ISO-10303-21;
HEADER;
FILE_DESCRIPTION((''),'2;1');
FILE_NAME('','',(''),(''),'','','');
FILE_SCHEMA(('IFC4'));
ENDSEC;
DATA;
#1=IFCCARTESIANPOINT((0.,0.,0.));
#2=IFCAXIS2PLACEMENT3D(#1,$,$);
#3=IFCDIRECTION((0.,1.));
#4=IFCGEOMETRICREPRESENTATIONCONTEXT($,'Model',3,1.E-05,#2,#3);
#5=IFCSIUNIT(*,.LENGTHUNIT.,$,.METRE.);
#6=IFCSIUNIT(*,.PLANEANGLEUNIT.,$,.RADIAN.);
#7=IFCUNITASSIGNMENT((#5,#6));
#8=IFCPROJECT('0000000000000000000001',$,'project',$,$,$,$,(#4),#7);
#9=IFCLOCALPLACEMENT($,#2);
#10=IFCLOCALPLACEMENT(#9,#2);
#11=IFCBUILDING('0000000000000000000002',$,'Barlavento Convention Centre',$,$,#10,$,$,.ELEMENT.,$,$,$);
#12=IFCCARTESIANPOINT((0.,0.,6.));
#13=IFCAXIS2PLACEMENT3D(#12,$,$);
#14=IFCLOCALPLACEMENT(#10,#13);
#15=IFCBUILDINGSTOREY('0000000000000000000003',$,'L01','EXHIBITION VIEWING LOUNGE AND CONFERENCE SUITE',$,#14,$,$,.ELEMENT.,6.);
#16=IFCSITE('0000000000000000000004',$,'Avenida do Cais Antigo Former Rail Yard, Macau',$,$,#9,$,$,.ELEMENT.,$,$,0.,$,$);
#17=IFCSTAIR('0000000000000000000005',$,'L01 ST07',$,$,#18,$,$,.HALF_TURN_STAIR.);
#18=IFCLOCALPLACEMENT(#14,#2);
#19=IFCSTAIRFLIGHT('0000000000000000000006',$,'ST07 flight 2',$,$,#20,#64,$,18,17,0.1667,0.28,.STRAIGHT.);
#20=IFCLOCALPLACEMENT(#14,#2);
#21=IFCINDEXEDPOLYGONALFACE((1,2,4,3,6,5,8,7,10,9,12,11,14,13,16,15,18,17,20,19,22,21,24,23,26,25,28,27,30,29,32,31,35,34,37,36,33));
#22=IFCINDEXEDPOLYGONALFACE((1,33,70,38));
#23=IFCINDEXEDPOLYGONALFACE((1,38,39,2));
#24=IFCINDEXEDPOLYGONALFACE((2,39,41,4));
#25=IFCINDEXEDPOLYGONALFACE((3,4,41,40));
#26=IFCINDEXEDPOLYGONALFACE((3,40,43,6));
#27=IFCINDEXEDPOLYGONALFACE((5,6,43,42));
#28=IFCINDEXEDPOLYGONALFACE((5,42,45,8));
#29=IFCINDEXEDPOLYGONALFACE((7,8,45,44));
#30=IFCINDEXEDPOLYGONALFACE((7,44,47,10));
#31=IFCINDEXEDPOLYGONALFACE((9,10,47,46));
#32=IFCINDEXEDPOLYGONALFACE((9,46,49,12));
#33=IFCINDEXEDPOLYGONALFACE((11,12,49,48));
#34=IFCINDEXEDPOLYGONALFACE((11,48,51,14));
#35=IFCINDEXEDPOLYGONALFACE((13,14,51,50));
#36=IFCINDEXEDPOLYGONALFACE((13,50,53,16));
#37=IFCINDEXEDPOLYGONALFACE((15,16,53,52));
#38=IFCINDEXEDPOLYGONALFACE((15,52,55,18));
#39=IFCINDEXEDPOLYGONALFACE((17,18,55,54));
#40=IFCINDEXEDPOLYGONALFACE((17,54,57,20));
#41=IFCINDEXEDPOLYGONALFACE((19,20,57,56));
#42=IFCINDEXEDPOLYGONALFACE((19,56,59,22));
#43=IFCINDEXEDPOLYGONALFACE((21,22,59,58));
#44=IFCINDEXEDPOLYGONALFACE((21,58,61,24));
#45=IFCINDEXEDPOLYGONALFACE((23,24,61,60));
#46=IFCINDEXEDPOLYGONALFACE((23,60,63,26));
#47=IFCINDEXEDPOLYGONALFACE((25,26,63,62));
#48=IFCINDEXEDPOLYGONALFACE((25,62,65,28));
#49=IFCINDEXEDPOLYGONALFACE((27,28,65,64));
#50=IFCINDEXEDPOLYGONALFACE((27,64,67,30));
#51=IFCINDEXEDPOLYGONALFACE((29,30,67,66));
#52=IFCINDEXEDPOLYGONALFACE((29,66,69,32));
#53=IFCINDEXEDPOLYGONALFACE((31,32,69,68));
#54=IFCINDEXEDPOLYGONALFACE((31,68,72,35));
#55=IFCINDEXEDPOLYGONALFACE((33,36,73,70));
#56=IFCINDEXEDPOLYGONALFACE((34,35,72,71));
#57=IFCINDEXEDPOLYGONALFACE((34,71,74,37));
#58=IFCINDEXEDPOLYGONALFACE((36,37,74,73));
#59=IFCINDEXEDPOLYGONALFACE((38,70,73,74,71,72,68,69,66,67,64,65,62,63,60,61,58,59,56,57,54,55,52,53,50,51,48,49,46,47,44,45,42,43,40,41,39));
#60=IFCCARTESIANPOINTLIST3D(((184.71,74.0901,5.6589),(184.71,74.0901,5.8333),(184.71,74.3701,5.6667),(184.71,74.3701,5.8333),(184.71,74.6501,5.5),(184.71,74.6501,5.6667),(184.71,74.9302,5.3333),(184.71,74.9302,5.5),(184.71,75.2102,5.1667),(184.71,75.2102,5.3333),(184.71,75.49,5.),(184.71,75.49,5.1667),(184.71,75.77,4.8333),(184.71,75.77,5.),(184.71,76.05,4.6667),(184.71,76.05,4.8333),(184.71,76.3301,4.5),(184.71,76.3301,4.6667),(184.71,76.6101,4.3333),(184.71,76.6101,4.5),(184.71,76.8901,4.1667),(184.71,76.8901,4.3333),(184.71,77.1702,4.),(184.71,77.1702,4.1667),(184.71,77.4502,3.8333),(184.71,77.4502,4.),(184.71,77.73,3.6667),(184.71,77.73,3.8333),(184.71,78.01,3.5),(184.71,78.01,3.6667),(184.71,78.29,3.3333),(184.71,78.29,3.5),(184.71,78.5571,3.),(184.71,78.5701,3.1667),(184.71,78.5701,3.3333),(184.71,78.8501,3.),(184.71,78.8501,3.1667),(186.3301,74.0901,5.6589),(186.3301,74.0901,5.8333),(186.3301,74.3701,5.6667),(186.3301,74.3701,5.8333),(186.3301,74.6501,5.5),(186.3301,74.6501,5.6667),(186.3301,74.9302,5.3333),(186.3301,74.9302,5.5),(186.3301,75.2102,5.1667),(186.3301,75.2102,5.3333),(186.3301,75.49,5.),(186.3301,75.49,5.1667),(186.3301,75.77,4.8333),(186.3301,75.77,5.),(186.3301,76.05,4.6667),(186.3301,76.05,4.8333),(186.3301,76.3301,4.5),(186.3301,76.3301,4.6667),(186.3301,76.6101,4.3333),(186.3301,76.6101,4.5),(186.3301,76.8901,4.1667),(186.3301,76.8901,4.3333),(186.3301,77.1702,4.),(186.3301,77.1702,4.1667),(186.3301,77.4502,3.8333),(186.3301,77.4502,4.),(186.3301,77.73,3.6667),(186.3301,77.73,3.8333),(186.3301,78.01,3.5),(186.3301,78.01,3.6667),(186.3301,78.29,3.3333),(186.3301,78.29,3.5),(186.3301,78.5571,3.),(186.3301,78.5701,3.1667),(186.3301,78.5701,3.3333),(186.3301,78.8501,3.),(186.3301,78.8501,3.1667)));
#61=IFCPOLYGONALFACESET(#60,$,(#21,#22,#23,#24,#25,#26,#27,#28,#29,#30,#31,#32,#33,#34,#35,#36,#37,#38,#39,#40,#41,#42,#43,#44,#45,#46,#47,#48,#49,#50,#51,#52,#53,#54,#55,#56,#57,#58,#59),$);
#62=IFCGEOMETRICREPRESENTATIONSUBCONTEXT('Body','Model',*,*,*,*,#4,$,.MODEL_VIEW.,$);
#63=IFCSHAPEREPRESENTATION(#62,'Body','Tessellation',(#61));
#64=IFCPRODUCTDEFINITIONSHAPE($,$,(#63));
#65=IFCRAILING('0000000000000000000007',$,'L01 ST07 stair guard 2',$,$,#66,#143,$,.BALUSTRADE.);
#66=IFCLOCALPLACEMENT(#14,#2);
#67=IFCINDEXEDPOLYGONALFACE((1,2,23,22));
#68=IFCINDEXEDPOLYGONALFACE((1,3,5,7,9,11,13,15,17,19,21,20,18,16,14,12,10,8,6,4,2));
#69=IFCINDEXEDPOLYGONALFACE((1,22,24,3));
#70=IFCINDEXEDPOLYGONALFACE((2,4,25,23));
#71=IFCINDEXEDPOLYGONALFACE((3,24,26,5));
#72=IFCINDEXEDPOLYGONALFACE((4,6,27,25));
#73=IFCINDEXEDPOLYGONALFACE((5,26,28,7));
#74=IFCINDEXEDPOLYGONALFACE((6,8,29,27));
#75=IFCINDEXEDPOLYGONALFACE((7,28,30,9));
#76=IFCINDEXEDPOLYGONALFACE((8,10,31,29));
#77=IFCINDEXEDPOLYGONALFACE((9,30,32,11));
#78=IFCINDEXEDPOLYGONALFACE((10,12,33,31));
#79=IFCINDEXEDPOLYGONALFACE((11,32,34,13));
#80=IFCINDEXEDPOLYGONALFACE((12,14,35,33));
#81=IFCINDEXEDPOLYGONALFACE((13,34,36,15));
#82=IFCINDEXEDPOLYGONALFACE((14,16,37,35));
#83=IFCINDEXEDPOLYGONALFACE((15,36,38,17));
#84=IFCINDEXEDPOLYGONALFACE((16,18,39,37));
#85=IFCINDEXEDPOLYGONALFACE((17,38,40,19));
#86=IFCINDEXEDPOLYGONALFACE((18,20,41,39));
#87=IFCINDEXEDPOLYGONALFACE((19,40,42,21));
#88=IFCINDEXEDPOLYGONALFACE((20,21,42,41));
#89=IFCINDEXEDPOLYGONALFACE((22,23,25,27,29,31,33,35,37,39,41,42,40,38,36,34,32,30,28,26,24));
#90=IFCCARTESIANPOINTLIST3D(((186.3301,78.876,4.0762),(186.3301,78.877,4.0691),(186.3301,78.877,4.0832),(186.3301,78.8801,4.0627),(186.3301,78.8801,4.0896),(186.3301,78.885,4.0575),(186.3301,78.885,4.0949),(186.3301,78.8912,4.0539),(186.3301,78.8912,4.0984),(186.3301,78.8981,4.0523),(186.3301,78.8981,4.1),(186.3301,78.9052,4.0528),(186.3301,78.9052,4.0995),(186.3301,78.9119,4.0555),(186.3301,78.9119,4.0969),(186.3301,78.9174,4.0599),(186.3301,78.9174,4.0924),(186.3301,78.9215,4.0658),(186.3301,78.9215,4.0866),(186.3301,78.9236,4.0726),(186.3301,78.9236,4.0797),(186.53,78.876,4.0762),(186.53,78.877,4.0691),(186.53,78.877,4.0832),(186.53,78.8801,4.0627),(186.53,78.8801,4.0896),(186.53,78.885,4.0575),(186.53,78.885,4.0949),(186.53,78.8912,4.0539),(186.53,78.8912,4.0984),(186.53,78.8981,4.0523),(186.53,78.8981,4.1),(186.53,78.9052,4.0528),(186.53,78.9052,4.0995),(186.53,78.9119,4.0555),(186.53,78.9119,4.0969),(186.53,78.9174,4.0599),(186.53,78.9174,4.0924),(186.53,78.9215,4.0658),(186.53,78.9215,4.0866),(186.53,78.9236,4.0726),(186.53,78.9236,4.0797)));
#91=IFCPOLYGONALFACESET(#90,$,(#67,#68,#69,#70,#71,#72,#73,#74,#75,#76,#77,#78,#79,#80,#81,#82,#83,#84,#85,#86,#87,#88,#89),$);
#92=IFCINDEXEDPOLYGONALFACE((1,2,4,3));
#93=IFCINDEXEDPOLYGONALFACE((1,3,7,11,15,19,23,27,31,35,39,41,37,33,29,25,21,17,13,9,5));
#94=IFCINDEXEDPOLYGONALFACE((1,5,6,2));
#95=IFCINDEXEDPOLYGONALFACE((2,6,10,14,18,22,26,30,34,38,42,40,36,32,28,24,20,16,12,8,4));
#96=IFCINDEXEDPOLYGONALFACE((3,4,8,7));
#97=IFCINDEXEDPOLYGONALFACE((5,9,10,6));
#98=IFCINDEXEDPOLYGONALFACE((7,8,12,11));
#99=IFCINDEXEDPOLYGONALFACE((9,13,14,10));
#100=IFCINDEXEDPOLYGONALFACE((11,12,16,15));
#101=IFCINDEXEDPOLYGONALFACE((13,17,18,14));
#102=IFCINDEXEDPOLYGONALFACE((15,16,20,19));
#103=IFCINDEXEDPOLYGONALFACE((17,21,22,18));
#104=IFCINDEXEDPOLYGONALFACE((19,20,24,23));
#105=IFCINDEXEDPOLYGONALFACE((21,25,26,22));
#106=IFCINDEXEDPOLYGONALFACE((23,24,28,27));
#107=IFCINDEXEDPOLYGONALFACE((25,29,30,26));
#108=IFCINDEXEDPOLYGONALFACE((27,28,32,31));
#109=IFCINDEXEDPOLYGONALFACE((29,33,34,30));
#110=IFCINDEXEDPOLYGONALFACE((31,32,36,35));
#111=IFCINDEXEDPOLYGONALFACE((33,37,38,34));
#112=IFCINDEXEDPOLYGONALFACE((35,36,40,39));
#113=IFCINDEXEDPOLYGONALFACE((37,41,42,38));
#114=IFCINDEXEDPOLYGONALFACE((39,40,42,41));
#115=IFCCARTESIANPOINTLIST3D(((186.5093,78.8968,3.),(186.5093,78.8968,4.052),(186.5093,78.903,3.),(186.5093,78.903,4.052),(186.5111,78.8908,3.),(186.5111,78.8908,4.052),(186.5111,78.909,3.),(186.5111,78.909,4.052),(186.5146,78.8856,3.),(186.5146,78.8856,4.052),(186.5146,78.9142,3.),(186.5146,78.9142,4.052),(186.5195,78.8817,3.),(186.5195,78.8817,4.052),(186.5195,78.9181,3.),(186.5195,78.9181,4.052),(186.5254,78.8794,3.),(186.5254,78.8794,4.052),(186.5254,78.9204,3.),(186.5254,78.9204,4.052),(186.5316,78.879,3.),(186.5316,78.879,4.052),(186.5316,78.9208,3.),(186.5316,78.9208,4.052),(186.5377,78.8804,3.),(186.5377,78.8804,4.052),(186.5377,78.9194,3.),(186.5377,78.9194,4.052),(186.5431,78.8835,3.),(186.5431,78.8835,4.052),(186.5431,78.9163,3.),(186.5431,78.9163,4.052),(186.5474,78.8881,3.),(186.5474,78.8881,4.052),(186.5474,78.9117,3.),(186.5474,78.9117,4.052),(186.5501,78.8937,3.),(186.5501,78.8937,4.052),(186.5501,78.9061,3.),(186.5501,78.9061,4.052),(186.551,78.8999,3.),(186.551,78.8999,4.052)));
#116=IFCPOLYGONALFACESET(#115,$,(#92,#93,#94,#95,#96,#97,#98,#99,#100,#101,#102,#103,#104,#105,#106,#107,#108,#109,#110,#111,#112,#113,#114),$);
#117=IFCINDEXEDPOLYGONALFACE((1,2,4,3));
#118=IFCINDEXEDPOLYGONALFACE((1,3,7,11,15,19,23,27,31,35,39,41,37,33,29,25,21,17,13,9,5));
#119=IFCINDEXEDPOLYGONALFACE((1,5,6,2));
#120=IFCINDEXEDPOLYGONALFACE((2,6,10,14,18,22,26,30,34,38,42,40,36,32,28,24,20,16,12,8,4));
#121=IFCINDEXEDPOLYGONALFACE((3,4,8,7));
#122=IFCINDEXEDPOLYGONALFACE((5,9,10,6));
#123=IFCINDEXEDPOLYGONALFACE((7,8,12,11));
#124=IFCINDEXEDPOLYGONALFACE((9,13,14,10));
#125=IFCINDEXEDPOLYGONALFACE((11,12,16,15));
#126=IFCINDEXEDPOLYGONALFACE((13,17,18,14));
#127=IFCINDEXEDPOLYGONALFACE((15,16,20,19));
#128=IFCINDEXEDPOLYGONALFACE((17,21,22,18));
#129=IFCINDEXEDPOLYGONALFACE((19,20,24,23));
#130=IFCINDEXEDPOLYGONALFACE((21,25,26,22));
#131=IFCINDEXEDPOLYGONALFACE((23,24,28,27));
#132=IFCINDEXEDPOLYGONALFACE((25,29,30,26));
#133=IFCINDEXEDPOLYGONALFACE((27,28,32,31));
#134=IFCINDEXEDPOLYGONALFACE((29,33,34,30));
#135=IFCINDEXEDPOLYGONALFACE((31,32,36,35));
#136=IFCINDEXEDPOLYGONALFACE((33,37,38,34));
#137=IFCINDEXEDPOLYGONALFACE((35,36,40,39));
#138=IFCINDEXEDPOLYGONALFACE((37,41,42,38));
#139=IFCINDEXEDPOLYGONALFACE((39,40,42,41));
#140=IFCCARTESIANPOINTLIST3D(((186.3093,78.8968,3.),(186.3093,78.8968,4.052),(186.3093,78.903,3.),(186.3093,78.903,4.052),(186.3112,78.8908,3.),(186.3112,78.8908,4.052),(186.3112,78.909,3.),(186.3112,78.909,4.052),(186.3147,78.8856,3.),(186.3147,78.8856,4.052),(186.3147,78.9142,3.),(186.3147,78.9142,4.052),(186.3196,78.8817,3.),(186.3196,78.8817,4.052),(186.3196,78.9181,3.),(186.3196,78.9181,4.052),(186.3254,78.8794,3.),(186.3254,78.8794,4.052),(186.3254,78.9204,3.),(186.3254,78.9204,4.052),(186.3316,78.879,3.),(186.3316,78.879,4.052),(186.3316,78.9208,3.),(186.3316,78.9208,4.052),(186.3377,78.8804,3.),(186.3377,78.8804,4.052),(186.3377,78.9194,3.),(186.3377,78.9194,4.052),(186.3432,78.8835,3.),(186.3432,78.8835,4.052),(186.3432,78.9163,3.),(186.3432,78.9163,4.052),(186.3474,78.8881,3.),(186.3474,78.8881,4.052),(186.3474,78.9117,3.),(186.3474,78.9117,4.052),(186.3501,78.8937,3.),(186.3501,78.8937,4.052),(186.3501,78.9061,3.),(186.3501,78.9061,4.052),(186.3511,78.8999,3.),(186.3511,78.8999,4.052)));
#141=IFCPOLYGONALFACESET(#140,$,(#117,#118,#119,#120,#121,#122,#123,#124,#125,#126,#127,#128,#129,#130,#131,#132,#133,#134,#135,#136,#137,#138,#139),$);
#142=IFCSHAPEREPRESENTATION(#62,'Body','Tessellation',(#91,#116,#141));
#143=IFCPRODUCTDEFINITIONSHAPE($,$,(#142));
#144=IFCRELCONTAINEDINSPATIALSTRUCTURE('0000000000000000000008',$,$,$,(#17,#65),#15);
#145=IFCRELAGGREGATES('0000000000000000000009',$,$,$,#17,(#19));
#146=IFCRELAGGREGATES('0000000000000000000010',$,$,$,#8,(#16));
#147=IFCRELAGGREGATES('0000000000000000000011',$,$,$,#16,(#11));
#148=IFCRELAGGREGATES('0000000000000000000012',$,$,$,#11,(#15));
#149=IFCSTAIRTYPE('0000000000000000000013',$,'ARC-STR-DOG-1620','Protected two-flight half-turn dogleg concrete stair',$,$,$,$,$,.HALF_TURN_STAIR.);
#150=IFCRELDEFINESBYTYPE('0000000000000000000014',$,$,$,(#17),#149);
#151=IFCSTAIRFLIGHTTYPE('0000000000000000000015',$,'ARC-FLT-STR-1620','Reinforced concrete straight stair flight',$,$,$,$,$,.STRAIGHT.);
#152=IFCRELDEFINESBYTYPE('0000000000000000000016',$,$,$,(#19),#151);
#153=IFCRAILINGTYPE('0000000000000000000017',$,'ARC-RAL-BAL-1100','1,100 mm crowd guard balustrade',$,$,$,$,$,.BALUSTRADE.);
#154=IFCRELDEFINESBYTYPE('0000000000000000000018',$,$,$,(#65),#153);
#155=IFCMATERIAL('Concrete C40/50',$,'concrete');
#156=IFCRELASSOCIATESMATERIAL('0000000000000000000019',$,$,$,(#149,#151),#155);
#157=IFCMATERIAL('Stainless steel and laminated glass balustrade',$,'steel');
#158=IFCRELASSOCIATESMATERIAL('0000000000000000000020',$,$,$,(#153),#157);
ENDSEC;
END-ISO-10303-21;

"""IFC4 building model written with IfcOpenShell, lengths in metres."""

from ifc_helpers import new_model, si_unit, direction, frame, origin, origin_2d, place, context, subcontext, project, spatial, polyline, circle, outline, extrude, material, type_object, element, aggregate, save


model = new_model("IFC4")

# Units and contexts
model_context = context("Model", 3, precision=1e-05, world=origin(), true_north=direction((0.0, 1.0)))
body_context = subcontext(model_context, "Body", "Model", "MODEL_VIEW")
ifc_project = project(units=[si_unit("LENGTHUNIT", "METRE"), si_unit("PLANEANGLEUNIT", "RADIAN")], contexts=[model_context])

# Site, building, storey
site_placement = place(None, origin())
site = spatial("IfcSite", under=ifc_project, at=site_placement, Name="Avenida do Cais Antigo Former Rail Yard, Macau", CompositionType="ELEMENT", RefElevation=0.0)
building_placement = place(site_placement, origin())
building = spatial("IfcBuilding", under=site, at=building_placement, Name="Barlavento Convention Centre", CompositionType="ELEMENT")
storey_placement = place(building_placement, frame((0.0, 0.0, 6.0)))
storey = spatial("IfcBuildingStorey", under=building, at=storey_placement, Name="L01", Description="EXHIBITION VIEWING LOUNGE AND CONFERENCE SUITE", CompositionType="ELEMENT", Elevation=6.0)

# Stair, stair flight
ifc_material_1 = material(Name="Concrete C40/50", Category="concrete")
stair_type = type_object("IfcStairType", Name="ARC-STR-DOG-1620", Description="Protected two-flight half-turn dogleg concrete stair", PredefinedType="HALF_TURN_STAIR", material=ifc_material_1)
stair_placement = place(storey_placement, origin())
stair = element("IfcStair", 1, at=stair_placement, inside=storey, type_object=stair_type, Name="L01 ST07", PredefinedType="HALF_TURN_STAIR")
stair_flight_type = type_object("IfcStairFlightType", Name="ARC-FLT-STR-1620", Description="Reinforced concrete straight stair flight", PredefinedType="STRAIGHT", material=ifc_material_1)
stair_flight_placement = place(storey_placement, frame((185.52, 78.8501, 3.0), z_axis=(0.0, 0.0, 1.0), x_axis=(0.0, -1.0, 0.0)))
stair_flight = element("IfcStairFlight", 2, at=stair_flight_placement, type_object=stair_flight_type, Name="ST07 flight 2", NumberOfRisers=18, NumberOfTreads=17, PredefinedType="STRAIGHT", RiserHeight=0.1667, TreadLength=0.28, context=body_context, shape_type="SweptSolid", body=[
    extrude(outline(polyline([(0.0, 0.0), (0.0, 0.1667), (0.28, 0.1667), (0.28, 0.3333), (0.5601, 0.3333), (0.5601, 0.5), (0.8401, 0.5), (0.8401, 0.6667), (1.1201, 0.6667), (1.1201, 0.8333), (1.3999, 0.8333), (1.3999, 1.0), (1.6799, 1.0), (1.6799, 1.1667), (1.96, 1.1667), (1.96, 1.3333), (2.24, 1.3333), (2.24, 1.5), (2.52, 1.5), (2.52, 1.6667), (2.8, 1.6667), (2.8, 1.8333), (3.0801, 1.8333), (3.0801, 2.0), (3.3601, 2.0), (3.3601, 2.1667), (3.6399, 2.1667), (3.6399, 2.3333), (3.9199, 2.3333), (3.9199, 2.5), (4.2, 2.5), (4.2, 2.6667), (4.48, 2.6667), (4.48, 2.8333), (4.76, 2.8333), (4.76, 3.0), (4.76, 2.6589), (0.293, 0.0), (0.0, 0.0)])), frame((0.0, 0.8101, 0.0), z_axis=(0.0, -1.0, 0.0), x_axis=(1.0, 0.0, 0.0)), (0.0, 0.0, 1.0), 1.6201),
])
aggregate(stair, [stair_flight])

# Railing
ifc_material_2 = material(Name="Stainless steel and laminated glass balustrade", Category="steel")
railing_type_1 = type_object("IfcRailingType", Name="ARC-RAL-BAL-1100", Description="1,100 mm crowd guard balustrade", PredefinedType="BALUSTRADE", material=ifc_material_2)
railing_1_placement = place(storey_placement, frame((186.53, 78.8999, 3.0)))
element("IfcRailing", 3, at=railing_1_placement, inside=storey, type_object=railing_type_1, Name="L01 ST07 stair guard 2", PredefinedType="BALUSTRADE", context=body_context, shape_type="SweptSolid", body=[
    extrude(circle(Radius=0.0239, at=origin_2d()), frame((0.0, 0.0, 1.0762), z_axis=(-1.0, 0.0, 0.0), x_axis=(0.0, -1.0, 0.0)), (0.0, 0.0, 1.0), 0.2),
    extrude(circle(Radius=0.021, at=origin_2d()), origin(), (0.0, 0.0, 1.0), 1.052),
    extrude(circle(Radius=0.021, at=origin_2d()), frame((-0.2, 0.0, 0.0)), (0.0, 0.0, 1.0), 1.052),
])

save(model, "model.ifc")
